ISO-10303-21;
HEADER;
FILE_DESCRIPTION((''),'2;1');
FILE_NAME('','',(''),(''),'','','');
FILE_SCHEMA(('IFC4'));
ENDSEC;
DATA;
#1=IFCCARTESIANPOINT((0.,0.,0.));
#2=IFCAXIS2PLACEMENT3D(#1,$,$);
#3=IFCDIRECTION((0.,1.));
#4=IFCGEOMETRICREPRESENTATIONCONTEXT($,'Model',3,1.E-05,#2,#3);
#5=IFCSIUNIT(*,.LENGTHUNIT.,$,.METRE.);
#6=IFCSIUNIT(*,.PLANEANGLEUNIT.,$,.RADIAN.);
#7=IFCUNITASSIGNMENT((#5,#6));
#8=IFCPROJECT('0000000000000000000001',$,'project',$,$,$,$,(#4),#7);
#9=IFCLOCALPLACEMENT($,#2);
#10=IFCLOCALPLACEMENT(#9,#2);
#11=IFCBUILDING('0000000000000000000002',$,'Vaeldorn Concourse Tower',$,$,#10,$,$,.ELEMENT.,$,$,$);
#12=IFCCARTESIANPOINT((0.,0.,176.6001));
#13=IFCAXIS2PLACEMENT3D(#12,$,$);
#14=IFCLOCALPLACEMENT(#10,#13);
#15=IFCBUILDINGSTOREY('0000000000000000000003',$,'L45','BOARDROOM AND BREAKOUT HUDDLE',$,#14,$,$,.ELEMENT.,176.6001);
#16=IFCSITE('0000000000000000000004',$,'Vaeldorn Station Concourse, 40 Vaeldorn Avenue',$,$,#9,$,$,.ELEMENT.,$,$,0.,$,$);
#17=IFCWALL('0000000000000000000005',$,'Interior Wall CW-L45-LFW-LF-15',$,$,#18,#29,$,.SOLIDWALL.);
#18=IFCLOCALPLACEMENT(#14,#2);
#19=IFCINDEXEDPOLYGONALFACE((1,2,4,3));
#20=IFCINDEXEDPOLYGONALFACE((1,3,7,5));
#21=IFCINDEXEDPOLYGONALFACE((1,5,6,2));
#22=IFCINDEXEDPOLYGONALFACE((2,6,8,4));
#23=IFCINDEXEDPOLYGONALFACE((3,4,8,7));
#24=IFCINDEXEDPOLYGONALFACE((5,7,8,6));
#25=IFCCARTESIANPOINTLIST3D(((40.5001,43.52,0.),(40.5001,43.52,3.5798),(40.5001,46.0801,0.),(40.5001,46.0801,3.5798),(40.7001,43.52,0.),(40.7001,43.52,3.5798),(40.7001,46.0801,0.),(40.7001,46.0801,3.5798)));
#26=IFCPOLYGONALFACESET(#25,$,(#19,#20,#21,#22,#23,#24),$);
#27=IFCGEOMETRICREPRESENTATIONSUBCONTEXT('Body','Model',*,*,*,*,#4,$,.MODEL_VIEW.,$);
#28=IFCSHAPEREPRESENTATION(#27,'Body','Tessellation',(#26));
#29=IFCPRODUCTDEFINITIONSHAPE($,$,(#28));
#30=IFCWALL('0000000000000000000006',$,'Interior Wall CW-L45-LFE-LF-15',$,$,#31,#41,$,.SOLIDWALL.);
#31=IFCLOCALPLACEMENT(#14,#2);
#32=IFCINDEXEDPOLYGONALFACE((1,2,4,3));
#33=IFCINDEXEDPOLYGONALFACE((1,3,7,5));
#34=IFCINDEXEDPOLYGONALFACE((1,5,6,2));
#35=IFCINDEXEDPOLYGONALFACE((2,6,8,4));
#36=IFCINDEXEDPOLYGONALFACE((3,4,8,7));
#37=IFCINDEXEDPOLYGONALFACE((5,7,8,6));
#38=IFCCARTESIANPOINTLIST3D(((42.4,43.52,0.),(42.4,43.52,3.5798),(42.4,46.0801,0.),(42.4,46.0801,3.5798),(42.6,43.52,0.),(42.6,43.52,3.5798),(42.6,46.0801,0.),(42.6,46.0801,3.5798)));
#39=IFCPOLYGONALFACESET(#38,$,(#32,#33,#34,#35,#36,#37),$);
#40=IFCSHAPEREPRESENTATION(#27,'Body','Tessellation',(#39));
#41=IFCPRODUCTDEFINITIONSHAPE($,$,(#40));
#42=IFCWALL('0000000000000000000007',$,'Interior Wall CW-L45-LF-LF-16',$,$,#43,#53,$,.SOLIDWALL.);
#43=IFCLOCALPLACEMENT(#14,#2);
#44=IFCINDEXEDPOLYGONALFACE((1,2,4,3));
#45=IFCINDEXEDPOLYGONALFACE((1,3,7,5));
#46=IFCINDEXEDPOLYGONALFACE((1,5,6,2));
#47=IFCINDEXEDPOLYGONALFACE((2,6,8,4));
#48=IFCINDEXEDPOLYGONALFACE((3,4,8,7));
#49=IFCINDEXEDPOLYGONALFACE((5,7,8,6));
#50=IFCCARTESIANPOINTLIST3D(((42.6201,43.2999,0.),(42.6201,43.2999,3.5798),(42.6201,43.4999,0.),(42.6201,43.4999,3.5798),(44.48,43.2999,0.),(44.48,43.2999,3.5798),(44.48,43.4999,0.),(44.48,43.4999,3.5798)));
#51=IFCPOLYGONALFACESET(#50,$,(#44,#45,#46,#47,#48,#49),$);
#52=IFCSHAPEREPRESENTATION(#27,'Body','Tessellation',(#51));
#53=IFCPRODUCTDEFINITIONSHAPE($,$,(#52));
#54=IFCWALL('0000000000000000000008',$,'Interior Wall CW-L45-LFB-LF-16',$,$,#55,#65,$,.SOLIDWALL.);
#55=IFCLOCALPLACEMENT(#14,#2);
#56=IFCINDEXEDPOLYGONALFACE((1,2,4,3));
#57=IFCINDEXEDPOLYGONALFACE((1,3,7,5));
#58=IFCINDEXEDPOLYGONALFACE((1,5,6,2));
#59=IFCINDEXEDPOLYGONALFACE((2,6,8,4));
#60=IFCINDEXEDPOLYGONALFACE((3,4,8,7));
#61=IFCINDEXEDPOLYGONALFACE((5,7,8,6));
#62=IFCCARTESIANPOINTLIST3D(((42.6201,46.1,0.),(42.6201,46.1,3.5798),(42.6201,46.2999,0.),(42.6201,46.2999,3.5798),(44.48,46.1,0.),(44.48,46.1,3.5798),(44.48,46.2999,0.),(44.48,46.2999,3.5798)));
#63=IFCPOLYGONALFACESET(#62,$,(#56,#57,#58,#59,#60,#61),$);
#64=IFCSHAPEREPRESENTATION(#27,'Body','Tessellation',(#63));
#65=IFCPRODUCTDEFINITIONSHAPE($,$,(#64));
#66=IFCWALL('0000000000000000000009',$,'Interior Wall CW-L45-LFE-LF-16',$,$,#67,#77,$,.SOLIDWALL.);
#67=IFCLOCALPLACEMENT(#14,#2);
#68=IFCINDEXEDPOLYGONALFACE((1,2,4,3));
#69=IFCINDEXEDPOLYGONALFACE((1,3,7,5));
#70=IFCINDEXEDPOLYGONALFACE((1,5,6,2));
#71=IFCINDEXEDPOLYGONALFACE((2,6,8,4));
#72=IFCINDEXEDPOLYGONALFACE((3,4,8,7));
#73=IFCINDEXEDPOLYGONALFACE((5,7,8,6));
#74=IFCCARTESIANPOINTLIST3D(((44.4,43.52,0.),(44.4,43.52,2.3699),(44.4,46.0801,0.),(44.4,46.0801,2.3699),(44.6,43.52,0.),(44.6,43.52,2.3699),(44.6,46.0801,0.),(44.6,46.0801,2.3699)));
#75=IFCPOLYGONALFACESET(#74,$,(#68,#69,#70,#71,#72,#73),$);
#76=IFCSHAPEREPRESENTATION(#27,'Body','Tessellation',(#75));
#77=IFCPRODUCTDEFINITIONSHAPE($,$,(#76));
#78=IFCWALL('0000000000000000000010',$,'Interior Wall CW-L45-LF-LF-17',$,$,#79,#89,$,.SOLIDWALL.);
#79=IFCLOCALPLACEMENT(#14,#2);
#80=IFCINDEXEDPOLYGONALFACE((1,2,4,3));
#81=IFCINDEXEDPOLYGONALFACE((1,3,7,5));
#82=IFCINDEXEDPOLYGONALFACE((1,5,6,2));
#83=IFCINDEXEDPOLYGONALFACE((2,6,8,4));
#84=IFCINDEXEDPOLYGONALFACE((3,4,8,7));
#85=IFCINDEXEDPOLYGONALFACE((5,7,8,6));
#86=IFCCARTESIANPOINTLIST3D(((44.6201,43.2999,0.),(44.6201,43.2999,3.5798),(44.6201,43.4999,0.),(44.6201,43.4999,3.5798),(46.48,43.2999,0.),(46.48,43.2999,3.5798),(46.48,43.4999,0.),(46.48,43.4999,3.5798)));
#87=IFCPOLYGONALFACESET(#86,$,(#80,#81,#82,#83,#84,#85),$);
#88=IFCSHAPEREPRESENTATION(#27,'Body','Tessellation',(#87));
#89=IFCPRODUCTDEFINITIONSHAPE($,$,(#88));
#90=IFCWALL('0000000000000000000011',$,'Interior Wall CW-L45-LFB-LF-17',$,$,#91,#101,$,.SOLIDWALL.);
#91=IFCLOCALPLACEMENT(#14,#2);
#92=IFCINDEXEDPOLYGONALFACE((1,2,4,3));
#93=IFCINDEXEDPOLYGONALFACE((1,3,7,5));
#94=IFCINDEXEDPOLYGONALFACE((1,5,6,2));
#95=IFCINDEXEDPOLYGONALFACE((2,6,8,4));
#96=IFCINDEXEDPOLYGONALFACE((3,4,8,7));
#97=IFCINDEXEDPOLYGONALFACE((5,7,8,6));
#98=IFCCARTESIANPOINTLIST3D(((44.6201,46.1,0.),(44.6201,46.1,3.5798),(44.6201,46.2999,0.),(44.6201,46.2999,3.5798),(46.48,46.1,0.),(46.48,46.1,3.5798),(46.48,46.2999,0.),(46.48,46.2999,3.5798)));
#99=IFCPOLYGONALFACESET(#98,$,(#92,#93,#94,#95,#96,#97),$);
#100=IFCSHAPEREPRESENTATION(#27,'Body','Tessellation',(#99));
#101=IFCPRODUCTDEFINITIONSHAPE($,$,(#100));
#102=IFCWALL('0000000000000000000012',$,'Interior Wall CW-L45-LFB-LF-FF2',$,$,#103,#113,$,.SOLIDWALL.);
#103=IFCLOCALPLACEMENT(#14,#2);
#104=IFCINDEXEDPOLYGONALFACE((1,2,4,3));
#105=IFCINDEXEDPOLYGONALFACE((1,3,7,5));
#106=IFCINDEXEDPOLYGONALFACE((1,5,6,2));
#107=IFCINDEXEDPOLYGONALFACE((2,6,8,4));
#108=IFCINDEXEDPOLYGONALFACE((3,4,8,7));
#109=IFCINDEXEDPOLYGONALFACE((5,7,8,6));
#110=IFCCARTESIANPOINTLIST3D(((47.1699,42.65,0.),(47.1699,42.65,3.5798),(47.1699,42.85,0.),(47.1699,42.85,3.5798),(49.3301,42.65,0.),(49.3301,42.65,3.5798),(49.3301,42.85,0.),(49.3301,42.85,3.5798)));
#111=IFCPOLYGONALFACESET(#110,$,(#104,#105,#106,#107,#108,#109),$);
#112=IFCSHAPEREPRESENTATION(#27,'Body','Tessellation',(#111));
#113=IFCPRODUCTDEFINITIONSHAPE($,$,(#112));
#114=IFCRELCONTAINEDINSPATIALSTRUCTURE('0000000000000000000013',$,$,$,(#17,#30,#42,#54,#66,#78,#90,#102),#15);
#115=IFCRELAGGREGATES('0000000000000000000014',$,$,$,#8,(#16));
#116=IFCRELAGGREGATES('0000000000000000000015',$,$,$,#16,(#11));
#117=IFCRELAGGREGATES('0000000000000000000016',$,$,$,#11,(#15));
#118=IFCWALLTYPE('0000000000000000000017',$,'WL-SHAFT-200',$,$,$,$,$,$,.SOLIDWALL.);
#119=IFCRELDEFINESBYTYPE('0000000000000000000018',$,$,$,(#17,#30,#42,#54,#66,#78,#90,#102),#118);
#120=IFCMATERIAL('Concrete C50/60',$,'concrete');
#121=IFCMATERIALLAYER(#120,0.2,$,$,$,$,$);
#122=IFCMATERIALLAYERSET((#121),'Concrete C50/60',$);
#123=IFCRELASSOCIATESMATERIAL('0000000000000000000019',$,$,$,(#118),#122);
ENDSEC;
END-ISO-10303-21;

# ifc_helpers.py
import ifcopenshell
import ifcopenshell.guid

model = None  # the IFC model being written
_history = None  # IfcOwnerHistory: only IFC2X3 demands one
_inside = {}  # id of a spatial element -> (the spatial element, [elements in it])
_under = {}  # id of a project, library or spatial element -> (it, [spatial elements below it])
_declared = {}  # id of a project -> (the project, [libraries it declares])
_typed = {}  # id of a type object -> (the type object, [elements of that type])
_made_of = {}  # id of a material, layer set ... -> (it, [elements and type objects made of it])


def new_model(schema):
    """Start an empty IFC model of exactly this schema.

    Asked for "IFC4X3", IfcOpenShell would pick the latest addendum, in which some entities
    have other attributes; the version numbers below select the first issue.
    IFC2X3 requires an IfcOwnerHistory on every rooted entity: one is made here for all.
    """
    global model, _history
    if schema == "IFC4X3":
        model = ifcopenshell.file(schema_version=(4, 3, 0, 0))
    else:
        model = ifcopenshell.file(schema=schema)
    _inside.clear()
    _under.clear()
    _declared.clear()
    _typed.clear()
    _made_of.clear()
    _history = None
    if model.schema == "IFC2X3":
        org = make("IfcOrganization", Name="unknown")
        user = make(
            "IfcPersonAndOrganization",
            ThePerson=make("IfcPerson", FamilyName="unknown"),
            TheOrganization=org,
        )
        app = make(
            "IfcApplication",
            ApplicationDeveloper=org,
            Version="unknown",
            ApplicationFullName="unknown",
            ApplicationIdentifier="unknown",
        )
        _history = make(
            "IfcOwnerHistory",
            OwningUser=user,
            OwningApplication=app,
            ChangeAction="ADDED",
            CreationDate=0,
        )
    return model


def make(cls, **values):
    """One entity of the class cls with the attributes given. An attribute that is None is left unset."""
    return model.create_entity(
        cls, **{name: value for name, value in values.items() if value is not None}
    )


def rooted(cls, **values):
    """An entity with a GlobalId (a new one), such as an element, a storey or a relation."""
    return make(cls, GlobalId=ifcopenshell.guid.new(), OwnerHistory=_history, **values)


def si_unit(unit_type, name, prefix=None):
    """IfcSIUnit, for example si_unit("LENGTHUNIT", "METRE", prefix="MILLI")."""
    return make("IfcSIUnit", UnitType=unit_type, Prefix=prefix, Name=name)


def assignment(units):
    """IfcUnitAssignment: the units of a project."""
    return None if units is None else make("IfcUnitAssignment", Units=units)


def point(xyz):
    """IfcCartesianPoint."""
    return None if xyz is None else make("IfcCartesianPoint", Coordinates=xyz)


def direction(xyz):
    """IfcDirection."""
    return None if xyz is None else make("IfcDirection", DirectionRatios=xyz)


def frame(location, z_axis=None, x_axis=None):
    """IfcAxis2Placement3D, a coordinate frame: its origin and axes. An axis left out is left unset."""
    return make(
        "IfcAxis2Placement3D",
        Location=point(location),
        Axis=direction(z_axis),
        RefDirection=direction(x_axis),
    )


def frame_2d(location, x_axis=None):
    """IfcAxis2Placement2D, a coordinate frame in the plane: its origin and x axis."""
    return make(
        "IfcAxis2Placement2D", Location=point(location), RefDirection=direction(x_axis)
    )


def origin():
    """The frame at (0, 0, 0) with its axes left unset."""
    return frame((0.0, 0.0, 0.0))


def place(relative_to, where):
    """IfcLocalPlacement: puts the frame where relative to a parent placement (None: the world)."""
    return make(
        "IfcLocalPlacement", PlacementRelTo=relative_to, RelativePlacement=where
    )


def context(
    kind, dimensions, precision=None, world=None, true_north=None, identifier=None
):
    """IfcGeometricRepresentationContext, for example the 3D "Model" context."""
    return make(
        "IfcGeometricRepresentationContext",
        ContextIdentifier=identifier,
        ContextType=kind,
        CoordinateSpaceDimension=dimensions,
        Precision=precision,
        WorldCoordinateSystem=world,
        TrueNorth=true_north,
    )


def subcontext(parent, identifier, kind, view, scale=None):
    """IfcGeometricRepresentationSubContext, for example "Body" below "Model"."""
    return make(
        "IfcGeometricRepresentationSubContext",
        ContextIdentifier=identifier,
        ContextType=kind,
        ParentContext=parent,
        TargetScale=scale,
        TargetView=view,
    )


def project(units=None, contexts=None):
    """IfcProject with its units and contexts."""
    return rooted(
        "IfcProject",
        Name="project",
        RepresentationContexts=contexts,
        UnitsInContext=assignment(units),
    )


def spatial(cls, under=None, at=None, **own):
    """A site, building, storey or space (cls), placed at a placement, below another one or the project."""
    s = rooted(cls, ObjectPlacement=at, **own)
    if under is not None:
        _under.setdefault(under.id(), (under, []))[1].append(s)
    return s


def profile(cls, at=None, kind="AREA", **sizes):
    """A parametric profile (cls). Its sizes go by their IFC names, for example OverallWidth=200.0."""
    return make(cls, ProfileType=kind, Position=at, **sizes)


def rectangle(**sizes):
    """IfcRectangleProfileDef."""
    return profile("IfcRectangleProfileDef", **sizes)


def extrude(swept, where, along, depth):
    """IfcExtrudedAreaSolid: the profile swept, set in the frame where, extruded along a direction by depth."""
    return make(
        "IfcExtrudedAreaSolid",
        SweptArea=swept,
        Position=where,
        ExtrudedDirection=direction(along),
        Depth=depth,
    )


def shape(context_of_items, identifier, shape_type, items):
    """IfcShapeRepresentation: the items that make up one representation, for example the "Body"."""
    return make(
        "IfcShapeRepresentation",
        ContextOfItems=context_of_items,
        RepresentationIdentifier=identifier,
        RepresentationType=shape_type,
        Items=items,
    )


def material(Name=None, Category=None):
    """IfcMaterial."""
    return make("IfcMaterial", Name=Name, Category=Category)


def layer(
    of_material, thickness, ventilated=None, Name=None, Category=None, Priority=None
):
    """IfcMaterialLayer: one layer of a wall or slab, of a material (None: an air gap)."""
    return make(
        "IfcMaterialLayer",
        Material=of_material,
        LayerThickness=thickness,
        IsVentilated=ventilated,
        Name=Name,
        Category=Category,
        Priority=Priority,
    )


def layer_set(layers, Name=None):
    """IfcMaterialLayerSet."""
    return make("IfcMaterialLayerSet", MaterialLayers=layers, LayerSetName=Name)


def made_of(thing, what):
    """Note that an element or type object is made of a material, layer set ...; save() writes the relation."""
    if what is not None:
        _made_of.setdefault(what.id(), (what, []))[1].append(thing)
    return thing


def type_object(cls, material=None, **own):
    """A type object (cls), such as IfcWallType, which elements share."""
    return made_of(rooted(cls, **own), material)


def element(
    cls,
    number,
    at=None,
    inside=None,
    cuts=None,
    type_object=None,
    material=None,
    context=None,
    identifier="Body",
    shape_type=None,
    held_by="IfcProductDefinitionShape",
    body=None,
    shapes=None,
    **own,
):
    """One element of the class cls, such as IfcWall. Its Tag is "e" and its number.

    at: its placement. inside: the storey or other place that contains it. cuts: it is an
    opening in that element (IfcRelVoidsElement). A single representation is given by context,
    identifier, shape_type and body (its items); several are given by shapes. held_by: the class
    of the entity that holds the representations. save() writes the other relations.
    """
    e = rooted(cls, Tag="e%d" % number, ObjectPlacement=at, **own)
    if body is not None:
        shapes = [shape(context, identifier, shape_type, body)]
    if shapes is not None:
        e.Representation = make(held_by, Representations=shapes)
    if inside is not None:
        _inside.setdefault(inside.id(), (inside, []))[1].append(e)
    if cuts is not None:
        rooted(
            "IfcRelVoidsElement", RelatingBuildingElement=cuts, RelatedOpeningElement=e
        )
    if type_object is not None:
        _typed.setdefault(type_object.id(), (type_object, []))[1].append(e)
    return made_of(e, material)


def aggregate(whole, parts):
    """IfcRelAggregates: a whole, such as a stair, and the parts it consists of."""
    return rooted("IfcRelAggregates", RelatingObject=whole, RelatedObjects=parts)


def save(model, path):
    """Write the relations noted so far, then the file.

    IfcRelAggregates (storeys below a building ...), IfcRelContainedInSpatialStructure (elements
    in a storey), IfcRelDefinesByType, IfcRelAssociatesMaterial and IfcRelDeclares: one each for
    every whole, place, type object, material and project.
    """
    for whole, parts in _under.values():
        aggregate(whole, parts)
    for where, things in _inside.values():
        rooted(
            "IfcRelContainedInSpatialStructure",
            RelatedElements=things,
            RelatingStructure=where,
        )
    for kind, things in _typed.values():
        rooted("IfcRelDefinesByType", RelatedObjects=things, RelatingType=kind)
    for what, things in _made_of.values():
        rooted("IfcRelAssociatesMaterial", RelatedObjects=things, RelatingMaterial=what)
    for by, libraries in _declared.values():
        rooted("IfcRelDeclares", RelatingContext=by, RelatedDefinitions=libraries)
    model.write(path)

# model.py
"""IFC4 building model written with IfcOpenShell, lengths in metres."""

from ifc_helpers import new_model, si_unit, direction, frame, frame_2d, origin, place, context, subcontext, project, spatial, rectangle, extrude, material, layer, layer_set, type_object, element, save


model = new_model("IFC4")

# Units and contexts
model_context = context("Model", 3, precision=1e-05, world=origin(), true_north=direction((0.0, 1.0)))
body_context = subcontext(model_context, "Body", "Model", "MODEL_VIEW")
ifc_project = project(units=[si_unit("LENGTHUNIT", "METRE"), si_unit("PLANEANGLEUNIT", "RADIAN")], contexts=[model_context])

# Site, building, storey
site_placement = place(None, origin())
site = spatial("IfcSite", under=ifc_project, at=site_placement, Name="Vaeldorn Station Concourse, 40 Vaeldorn Avenue", CompositionType="ELEMENT", RefElevation=0.0)
building_placement = place(site_placement, origin())
building = spatial("IfcBuilding", under=site, at=building_placement, Name="Vaeldorn Concourse Tower", CompositionType="ELEMENT")
storey_placement = place(building_placement, frame((0.0, 0.0, 176.6001)))
storey = spatial("IfcBuildingStorey", under=building, at=storey_placement, Name="L45", Description="BOARDROOM AND BREAKOUT HUDDLE", CompositionType="ELEMENT", Elevation=176.6001)

# Shared definitions
ifc_material_1 = material(Name="Concrete C50/60", Category="concrete")

# Walls
ifc_layer_1 = layer(ifc_material_1, 0.2)
ifc_layer_set_1 = layer_set([ifc_layer_1], Name="Concrete C50/60")
wall_type_1 = type_object("IfcWallType", Name="WL-SHAFT-200", PredefinedType="SOLIDWALL", material=ifc_layer_set_1)
for number, where, z_axis, x_axis, name in (
    (1, (40.6001, 43.52, 0.0), (0.0, 0.0, 1.0), (0.0, 1.0, 0.0), "Interior Wall CW-L45-LFW-LF-15"),
    (2, (42.5, 43.52, 0.0), (0.0, 0.0, 1.0), (0.0, 1.0, 0.0), "Interior Wall CW-L45-LFE-LF-15"),
):
    element("IfcWall", number, at=place(storey_placement, frame(where, z_axis=z_axis, x_axis=x_axis)), inside=storey, type_object=wall_type_1, Name=name, PredefinedType="SOLIDWALL", context=body_context, shape_type="SweptSolid", body=[
        extrude(rectangle(XDim=2.5601, YDim=0.2, at=frame_2d((1.28, 0.0))), origin(), (0.0, 0.0, 1.0), 3.5798),
    ])
for number, where, z_axis, x_axis, name in (
    (3, (42.6201, 43.3999, 0.0), (0.0, 0.0, 1.0), (1.0, 0.0, 0.0), "Interior Wall CW-L45-LF-LF-16"),
    (4, (42.6201, 46.2, 0.0), (0.0, 0.0, 1.0), (1.0, 0.0, 0.0), "Interior Wall CW-L45-LFB-LF-16"),
):
    element("IfcWall", number, at=place(storey_placement, frame(where, z_axis=z_axis, x_axis=x_axis)), inside=storey, type_object=wall_type_1, Name=name, PredefinedType="SOLIDWALL", context=body_context, shape_type="SweptSolid", body=[
        extrude(rectangle(XDim=1.8599, YDim=0.2, at=frame_2d((0.9299, 0.0))), origin(), (0.0, 0.0, 1.0), 3.5798),
    ])
wall_1_placement = place(storey_placement, frame((44.5, 43.52, 0.0), z_axis=(0.0, 0.0, 1.0), x_axis=(0.0, 1.0, 0.0)))
element("IfcWall", 5, at=wall_1_placement, inside=storey, type_object=wall_type_1, Name="Interior Wall CW-L45-LFE-LF-16", PredefinedType="SOLIDWALL", context=body_context, shape_type="SweptSolid", body=[
    extrude(rectangle(XDim=2.5601, YDim=0.2, at=frame_2d((1.28, 0.0))), origin(), (0.0, 0.0, 1.0), 2.3699),
])
for number, where, z_axis, x_axis, name in (
    (6, (44.6201, 43.3999, 0.0), (0.0, 0.0, 1.0), (1.0, 0.0, 0.0), "Interior Wall CW-L45-LF-LF-17"),
    (7, (44.6201, 46.2, 0.0), (0.0, 0.0, 1.0), (1.0, 0.0, 0.0), "Interior Wall CW-L45-LFB-LF-17"),
):
    element("IfcWall", number, at=place(storey_placement, frame(where, z_axis=z_axis, x_axis=x_axis)), inside=storey, type_object=wall_type_1, Name=name, PredefinedType="SOLIDWALL", context=body_context, shape_type="SweptSolid", body=[
        extrude(rectangle(XDim=1.8599, YDim=0.2, at=frame_2d((0.9299, 0.0))), origin(), (0.0, 0.0, 1.0), 3.5798),
    ])

# Wall
wall_2_placement = place(storey_placement, frame((47.1699, 42.75, 0.0), z_axis=(0.0, 0.0, 1.0), x_axis=(1.0, 0.0, 0.0)))
element("IfcWall", 8, at=wall_2_placement, inside=storey, type_object=wall_type_1, Name="Interior Wall CW-L45-LFB-LF-FF2", PredefinedType="SOLIDWALL", context=body_context, shape_type="SweptSolid", body=[
    extrude(rectangle(XDim=2.1602, YDim=0.2, at=frame_2d((1.0801, 0.0))), origin(), (0.0, 0.0, 1.0), 3.5798),
])

save(model, "model.ifc")
